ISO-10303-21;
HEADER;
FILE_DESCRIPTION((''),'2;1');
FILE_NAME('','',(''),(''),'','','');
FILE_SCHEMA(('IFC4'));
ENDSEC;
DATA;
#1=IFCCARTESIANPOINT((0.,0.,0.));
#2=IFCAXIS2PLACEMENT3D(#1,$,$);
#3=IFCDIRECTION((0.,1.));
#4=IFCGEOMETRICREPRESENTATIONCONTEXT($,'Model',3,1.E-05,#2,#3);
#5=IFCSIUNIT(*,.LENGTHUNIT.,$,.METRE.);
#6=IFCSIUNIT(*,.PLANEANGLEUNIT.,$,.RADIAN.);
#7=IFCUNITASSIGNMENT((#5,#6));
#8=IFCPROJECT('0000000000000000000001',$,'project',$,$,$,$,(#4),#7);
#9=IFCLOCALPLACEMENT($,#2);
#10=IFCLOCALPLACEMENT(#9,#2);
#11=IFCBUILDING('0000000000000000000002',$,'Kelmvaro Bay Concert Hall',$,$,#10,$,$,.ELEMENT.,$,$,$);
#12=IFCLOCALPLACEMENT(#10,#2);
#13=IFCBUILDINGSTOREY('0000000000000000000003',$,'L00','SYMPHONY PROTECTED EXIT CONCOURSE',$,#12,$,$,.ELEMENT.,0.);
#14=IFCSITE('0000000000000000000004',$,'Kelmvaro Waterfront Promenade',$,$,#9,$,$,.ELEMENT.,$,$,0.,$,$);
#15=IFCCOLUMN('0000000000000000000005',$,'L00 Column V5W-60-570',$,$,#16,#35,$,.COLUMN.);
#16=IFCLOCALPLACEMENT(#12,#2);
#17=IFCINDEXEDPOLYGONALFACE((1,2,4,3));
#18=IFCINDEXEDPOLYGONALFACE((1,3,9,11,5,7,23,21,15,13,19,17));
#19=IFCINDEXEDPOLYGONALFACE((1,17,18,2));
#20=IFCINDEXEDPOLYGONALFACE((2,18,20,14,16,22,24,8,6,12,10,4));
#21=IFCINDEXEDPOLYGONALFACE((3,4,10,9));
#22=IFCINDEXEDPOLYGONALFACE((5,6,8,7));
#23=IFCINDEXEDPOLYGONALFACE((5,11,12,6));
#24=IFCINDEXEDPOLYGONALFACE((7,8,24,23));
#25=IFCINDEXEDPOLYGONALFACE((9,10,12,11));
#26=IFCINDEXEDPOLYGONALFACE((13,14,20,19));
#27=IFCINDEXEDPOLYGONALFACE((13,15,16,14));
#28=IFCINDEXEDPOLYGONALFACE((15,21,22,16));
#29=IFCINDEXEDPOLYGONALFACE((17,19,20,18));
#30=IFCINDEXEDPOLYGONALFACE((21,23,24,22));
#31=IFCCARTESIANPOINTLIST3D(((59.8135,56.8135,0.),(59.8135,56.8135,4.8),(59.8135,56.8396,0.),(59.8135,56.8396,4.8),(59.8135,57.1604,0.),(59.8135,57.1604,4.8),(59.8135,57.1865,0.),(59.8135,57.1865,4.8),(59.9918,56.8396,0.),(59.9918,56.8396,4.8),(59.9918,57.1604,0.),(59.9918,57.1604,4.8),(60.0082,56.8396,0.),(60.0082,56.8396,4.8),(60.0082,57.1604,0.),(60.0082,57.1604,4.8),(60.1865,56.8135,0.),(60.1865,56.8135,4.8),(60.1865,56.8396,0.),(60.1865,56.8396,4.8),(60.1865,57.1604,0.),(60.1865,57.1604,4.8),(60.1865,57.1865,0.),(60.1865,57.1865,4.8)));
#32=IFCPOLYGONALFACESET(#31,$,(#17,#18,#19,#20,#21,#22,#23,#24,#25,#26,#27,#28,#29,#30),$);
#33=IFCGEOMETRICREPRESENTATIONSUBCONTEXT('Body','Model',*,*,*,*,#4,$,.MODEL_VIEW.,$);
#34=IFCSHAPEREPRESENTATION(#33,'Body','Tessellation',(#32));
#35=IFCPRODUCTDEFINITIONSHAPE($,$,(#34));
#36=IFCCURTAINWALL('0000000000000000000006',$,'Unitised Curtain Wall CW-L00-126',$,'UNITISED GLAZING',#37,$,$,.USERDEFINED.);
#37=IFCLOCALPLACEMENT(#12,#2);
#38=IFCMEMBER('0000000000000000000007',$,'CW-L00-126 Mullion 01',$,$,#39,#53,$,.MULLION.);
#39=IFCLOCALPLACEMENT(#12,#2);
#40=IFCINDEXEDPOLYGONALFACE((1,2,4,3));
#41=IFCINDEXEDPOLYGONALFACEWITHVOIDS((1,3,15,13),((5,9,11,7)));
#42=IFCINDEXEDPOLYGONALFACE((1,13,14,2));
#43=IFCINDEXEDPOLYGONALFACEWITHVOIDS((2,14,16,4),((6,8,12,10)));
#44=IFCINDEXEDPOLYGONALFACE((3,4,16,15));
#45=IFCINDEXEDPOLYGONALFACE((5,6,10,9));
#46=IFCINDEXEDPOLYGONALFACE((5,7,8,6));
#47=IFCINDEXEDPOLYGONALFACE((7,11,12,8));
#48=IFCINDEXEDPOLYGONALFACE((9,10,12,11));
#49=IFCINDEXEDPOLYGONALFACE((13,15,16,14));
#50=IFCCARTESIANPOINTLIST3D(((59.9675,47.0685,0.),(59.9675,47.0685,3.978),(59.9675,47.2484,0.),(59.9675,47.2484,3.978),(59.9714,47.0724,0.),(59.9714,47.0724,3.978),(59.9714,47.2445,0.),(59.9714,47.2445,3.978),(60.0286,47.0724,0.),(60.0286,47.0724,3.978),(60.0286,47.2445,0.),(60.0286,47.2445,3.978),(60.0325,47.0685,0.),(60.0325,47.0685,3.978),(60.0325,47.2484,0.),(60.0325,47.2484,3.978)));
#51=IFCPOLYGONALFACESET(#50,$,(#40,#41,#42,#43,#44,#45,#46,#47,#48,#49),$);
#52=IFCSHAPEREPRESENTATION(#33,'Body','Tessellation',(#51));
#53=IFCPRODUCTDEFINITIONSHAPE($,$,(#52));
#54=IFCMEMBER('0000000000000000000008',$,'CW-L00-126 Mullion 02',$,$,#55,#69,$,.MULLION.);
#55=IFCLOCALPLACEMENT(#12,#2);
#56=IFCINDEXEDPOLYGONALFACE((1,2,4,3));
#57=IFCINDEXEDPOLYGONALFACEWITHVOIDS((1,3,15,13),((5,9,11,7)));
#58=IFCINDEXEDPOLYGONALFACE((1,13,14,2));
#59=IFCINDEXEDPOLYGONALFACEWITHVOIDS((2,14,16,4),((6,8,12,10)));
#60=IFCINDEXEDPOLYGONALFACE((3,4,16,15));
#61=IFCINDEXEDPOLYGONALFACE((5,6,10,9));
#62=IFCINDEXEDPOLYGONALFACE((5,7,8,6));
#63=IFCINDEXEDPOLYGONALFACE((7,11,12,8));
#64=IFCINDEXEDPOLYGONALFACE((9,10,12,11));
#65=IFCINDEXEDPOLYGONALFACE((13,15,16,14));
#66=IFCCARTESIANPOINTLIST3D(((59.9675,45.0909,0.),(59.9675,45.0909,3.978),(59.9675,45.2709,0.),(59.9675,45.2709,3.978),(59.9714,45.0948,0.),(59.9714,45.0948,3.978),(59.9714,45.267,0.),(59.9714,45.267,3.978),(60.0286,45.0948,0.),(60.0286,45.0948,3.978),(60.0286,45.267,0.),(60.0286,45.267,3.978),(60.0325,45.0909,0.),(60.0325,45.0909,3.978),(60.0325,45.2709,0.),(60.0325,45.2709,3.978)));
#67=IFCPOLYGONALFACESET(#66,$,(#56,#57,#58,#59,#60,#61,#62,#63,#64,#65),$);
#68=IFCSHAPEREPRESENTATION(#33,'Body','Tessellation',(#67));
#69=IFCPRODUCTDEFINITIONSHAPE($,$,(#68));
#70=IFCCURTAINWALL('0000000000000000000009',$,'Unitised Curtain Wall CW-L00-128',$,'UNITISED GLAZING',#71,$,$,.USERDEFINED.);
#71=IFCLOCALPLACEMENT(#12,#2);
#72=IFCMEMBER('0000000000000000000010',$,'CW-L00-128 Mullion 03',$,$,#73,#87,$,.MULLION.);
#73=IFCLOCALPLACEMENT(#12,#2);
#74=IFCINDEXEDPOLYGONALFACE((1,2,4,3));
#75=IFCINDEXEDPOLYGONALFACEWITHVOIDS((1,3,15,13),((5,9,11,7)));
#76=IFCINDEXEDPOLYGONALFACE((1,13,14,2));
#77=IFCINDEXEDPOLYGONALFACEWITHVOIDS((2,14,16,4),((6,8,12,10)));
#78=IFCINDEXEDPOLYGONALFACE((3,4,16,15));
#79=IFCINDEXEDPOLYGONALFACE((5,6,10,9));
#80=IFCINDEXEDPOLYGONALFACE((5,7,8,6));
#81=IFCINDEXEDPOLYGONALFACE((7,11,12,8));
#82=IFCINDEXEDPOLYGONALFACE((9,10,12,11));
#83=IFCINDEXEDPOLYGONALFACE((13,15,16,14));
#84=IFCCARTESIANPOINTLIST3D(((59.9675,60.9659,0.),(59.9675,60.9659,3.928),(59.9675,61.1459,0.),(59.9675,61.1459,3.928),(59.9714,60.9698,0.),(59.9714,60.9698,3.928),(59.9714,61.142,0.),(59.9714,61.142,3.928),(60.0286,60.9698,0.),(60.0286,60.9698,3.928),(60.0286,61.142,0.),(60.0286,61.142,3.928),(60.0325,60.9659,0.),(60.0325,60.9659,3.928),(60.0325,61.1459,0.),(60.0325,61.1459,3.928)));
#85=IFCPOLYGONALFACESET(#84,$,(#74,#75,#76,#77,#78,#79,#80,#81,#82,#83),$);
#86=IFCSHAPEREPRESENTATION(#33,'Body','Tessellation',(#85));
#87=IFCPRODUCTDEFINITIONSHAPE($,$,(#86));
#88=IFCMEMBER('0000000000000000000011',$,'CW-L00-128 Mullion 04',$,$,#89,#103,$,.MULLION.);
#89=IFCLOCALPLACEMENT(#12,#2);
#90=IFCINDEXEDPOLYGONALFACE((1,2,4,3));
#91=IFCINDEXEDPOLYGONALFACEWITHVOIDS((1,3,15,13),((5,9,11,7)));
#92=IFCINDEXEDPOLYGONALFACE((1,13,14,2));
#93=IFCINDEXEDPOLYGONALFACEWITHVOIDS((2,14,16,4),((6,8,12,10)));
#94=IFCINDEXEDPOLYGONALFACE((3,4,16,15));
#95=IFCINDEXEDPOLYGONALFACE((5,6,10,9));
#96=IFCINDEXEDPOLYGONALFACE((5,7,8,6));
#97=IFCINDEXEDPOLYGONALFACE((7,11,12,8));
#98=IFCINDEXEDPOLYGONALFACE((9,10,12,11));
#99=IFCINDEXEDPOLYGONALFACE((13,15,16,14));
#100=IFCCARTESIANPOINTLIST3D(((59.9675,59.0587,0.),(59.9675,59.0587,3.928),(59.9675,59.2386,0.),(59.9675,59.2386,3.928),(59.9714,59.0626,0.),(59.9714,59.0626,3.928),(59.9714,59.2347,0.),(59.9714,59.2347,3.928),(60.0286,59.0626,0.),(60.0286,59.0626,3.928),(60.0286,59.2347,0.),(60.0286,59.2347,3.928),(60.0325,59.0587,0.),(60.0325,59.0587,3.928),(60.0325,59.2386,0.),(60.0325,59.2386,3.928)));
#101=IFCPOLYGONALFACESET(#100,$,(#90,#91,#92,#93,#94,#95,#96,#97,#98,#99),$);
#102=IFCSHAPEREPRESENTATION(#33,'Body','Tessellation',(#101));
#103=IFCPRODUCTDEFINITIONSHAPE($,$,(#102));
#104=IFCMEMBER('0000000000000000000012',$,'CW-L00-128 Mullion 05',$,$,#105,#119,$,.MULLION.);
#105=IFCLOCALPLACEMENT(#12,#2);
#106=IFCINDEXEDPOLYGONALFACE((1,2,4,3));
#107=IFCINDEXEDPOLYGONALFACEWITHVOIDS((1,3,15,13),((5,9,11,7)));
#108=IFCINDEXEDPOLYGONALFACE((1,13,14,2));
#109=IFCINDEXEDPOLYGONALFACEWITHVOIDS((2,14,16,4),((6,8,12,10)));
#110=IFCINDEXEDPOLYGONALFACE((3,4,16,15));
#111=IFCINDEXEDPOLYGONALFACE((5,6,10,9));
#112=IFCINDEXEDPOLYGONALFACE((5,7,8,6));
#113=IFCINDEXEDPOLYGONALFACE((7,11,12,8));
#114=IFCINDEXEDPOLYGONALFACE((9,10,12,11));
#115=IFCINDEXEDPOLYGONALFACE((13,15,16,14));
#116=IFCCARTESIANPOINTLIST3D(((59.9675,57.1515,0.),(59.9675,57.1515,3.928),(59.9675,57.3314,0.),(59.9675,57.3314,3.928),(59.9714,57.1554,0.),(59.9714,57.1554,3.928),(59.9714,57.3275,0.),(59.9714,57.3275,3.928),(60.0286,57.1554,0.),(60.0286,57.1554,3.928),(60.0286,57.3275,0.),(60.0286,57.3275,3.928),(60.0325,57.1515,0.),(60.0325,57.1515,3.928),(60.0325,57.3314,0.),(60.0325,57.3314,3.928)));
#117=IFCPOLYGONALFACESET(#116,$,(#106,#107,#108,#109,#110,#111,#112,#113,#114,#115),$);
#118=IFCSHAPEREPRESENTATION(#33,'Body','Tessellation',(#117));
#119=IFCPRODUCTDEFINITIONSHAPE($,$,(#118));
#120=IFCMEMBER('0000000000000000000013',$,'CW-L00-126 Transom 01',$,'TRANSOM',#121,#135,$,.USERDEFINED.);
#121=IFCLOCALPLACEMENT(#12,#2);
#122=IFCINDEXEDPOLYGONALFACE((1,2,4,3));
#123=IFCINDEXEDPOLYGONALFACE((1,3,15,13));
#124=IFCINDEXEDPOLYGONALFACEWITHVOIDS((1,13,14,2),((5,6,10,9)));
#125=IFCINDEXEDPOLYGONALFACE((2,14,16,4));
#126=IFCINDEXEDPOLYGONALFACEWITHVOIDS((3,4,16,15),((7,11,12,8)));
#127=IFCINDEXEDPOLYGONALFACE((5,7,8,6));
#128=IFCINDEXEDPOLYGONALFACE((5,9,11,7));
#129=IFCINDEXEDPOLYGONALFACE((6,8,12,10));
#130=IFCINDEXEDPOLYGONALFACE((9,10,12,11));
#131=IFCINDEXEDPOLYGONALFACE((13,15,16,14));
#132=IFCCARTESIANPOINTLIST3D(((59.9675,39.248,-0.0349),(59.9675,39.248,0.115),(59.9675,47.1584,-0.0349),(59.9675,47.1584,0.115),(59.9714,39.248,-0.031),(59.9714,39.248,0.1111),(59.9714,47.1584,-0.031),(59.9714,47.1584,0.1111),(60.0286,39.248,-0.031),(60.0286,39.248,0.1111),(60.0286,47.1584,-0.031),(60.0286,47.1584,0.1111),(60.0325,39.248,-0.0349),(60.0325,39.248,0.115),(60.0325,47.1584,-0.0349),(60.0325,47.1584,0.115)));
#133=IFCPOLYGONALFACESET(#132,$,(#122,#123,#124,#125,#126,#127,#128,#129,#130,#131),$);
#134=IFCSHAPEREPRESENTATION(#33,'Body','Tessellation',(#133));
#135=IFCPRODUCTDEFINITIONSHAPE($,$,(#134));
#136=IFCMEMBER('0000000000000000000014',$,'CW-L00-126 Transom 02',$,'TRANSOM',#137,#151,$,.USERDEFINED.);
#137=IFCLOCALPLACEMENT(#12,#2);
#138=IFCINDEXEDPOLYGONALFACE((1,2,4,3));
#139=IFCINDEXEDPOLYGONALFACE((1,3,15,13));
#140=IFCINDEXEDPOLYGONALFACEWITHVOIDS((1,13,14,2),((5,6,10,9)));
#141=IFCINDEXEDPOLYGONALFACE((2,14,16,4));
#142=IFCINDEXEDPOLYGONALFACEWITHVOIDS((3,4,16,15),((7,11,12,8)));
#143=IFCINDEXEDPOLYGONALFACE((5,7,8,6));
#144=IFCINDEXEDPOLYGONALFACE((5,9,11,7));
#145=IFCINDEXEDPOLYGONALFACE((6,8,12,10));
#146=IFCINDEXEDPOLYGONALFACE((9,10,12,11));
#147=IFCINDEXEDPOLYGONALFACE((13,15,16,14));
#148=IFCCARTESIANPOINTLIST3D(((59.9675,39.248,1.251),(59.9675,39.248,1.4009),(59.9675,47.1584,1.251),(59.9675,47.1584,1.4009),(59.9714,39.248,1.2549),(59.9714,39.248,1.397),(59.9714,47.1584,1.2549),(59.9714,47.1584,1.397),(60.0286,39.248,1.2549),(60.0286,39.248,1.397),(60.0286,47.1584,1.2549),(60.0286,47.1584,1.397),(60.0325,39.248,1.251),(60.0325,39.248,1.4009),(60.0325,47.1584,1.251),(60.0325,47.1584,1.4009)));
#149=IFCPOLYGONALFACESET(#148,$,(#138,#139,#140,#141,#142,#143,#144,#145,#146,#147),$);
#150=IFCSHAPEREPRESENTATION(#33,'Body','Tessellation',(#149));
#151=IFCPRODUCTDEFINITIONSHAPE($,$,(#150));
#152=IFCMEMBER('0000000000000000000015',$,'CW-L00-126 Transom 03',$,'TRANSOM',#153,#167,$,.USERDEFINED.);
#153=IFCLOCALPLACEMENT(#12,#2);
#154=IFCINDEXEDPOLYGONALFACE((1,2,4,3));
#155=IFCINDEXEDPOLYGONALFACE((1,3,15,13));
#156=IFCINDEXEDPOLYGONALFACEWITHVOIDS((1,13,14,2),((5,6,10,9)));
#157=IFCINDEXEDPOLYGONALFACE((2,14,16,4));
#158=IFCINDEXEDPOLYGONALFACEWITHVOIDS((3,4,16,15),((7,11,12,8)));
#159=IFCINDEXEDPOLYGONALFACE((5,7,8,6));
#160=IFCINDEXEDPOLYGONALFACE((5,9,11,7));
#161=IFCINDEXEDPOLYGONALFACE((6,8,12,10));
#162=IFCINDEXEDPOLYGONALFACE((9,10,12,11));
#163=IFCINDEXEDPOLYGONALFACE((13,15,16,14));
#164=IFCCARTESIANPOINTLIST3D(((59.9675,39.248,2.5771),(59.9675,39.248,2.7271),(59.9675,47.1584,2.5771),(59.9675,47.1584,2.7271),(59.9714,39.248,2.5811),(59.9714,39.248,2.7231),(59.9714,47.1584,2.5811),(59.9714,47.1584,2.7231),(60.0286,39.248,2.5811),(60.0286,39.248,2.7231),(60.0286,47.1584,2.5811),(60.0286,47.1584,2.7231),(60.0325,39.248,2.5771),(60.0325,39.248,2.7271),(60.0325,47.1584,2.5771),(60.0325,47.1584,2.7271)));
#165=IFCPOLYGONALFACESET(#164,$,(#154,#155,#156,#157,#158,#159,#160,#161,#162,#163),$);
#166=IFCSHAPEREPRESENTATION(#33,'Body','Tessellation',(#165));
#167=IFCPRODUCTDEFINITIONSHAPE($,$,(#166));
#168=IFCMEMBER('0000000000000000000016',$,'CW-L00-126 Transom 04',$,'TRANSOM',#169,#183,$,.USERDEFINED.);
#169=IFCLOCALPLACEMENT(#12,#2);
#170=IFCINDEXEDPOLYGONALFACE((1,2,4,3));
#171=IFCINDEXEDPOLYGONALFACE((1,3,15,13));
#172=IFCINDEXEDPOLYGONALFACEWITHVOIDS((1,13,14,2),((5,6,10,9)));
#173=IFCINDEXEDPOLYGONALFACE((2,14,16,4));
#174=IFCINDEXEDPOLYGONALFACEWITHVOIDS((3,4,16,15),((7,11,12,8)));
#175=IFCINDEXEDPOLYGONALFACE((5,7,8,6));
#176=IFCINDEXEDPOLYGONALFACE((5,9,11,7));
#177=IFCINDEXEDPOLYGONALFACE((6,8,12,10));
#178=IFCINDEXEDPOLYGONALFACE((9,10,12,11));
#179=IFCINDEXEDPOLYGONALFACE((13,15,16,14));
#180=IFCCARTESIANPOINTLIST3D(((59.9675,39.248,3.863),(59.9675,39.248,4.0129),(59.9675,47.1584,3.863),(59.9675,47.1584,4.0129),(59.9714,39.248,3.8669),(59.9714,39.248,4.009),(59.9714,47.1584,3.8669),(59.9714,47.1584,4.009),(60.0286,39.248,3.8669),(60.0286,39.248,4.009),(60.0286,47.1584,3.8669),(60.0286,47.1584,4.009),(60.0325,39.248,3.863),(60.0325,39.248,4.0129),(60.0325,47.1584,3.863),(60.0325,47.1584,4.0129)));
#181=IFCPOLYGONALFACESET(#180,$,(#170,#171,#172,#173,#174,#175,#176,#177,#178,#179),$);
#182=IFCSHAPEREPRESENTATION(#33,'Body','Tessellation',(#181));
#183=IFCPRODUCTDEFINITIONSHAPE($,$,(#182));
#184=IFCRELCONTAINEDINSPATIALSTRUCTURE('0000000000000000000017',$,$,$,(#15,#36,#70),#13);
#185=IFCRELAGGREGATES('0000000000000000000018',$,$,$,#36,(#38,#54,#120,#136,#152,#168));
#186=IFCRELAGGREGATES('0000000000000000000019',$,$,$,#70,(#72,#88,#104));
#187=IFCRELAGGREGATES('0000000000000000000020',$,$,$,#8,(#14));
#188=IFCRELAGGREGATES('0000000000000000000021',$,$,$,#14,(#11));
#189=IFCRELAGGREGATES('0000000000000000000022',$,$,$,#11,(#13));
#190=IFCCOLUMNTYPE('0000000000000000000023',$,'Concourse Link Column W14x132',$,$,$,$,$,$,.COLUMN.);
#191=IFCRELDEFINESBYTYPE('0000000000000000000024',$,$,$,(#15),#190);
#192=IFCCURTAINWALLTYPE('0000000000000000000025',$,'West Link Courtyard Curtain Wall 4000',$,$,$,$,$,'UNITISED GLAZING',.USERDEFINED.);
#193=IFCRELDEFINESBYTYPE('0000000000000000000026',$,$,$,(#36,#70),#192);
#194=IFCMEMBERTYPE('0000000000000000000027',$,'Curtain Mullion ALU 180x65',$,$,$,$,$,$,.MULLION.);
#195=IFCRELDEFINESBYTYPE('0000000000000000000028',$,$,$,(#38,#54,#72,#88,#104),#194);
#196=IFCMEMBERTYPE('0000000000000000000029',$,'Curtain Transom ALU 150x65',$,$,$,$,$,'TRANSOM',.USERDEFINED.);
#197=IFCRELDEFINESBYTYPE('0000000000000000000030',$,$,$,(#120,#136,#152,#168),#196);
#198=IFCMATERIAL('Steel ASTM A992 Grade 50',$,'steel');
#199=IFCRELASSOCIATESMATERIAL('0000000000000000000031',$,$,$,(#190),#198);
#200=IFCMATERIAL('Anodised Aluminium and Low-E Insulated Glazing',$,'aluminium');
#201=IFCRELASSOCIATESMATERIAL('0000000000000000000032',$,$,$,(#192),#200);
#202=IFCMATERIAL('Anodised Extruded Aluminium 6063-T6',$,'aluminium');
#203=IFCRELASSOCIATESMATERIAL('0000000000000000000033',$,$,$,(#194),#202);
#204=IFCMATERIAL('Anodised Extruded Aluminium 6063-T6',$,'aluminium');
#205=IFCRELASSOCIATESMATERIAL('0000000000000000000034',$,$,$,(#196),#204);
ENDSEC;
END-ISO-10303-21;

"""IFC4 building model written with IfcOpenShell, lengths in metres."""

from ifc_helpers import new_model, si_unit, direction, frame, origin, origin_2d, place, context, subcontext, project, spatial, hollow_rectangle, i_section, extrude, material, material_profile, profile_set, type_object, element, aggregate, save


model = new_model("IFC4")

# Units and contexts
model_context = context("Model", 3, precision=1e-05, world=origin(), true_north=direction((0.0, 1.0)))
body_context = subcontext(model_context, "Body", "Model", "MODEL_VIEW")
ifc_project = project(units=[si_unit("LENGTHUNIT", "METRE"), si_unit("PLANEANGLEUNIT", "RADIAN")], contexts=[model_context])

# Site, building, storey
site_placement = place(None, origin())
site = spatial("IfcSite", under=ifc_project, at=site_placement, Name="Kelmvaro Waterfront Promenade", CompositionType="ELEMENT", RefElevation=0.0)
building_placement = place(site_placement, origin())
building = spatial("IfcBuilding", under=site, at=building_placement, Name="Kelmvaro Bay Concert Hall", CompositionType="ELEMENT")
storey_placement = place(building_placement, origin())
storey = spatial("IfcBuildingStorey", under=building, at=storey_placement, Name="L00", Description="SYMPHONY PROTECTED EXIT CONCOURSE", CompositionType="ELEMENT", Elevation=0.0)

# Column
ifc_material_1 = material(Name="Steel ASTM A992 Grade 50", Category="steel")
ifc_material_profile_1 = material_profile(ifc_material_1, i_section(OverallWidth=0.373, OverallDepth=0.373, WebThickness=0.0164, FlangeThickness=0.0261, at=origin_2d()), Name="W14X132")
ifc_profile_set_1 = profile_set([ifc_material_profile_1], Name="Steel ASTM A992 Grade 50")
column_type = type_object("IfcColumnType", Name="Concourse Link Column W14x132", PredefinedType="COLUMN", material=ifc_profile_set_1)
for number, where, z_axis, x_axis, name in (
    (1, (60.0, 57.0, 0.0), (0.0, 0.0, 1.0), (1.0, 0.0, 0.0), "L00 Column V5W-60-570"),
):
    element("IfcColumn", number, at=place(storey_placement, frame(where, z_axis=z_axis, x_axis=x_axis)), inside=storey, type_object=column_type, Name=name, PredefinedType="COLUMN", context=body_context, shape_type="SweptSolid", body=[
        extrude(i_section(OverallWidth=0.373, OverallDepth=0.373, WebThickness=0.0164, FlangeThickness=0.0261, at=origin_2d()), origin(), (0.0, 0.0, 1.0), 4.8),
    ])

# Curtain walls, members
ifc_material_2 = material(Name="Anodised Aluminium and Low-E Insulated Glazing", Category="aluminium")
curtain_wall_type = type_object("IfcCurtainWallType", Name="West Link Courtyard Curtain Wall 4000", ElementType="UNITISED GLAZING", PredefinedType="USERDEFINED", material=ifc_material_2)
curtain_wall_1_placement = place(storey_placement, origin())
curtain_wall_1 = element("IfcCurtainWall", 2, at=curtain_wall_1_placement, inside=storey, type_object=curtain_wall_type, Name="Unitised Curtain Wall CW-L00-126", ObjectType="UNITISED GLAZING", PredefinedType="USERDEFINED")
ifc_material_3 = material(Name="Anodised Extruded Aluminium 6063-T6", Category="aluminium")
ifc_material_profile_2 = material_profile(ifc_material_3, hollow_rectangle(XDim=0.0649, YDim=0.1799, WallThickness=0.0039, at=origin_2d()), Name="ALU-MUL-180X65")
ifc_profile_set_2 = profile_set([ifc_material_profile_2], Name="Anodised Extruded Aluminium 6063-T6")
member_type_1 = type_object("IfcMemberType", Name="Curtain Mullion ALU 180x65", PredefinedType="MULLION", material=ifc_profile_set_2)
member_1_placement = place(storey_placement, frame((60.0, 47.1584, 0.0), z_axis=(0.0, 0.0, 1.0), x_axis=(1.0, 0.0, 0.0)))
member_1 = element("IfcMember", 3, at=member_1_placement, type_object=member_type_1, Name="CW-L00-126 Mullion 01", PredefinedType="MULLION", context=body_context, shape_type="SweptSolid", body=[
    extrude(hollow_rectangle(XDim=0.0649, YDim=0.1799, WallThickness=0.0039, at=origin_2d()), origin(), (0.0, 0.0, 1.0), 3.978),
])
member_2_placement = place(storey_placement, frame((60.0, 45.1809, 0.0), z_axis=(0.0, 0.0, 1.0), x_axis=(1.0, 0.0, 0.0)))
member_2 = element("IfcMember", 4, at=member_2_placement, type_object=member_type_1, Name="CW-L00-126 Mullion 02", PredefinedType="MULLION", context=body_context, shape_type="SweptSolid", body=[
    extrude(hollow_rectangle(XDim=0.0649, YDim=0.1799, WallThickness=0.0039, at=origin_2d()), origin(), (0.0, 0.0, 1.0), 3.978),
])
curtain_wall_2_placement = place(storey_placement, origin())
curtain_wall_2 = element("IfcCurtainWall", 5, at=curtain_wall_2_placement, inside=storey, type_object=curtain_wall_type, Name="Unitised Curtain Wall CW-L00-128", ObjectType="UNITISED GLAZING", PredefinedType="USERDEFINED")
member_3_placement = place(storey_placement, frame((60.0, 61.0559, 0.0), z_axis=(0.0, 0.0, 1.0), x_axis=(1.0, 0.0, 0.0)))
member_3 = element("IfcMember", 6, at=member_3_placement, type_object=member_type_1, Name="CW-L00-128 Mullion 03", PredefinedType="MULLION", context=body_context, shape_type="SweptSolid", body=[
    extrude(hollow_rectangle(XDim=0.0649, YDim=0.1799, WallThickness=0.0039, at=origin_2d()), origin(), (0.0, 0.0, 1.0), 3.928),
])
member_4_placement = place(storey_placement, frame((60.0, 59.1487, 0.0), z_axis=(0.0, 0.0, 1.0), x_axis=(1.0, 0.0, 0.0)))
member_4 = element("IfcMember", 7, at=member_4_placement, type_object=member_type_1, Name="CW-L00-128 Mullion 04", PredefinedType="MULLION", context=body_context, shape_type="SweptSolid", body=[
    extrude(hollow_rectangle(XDim=0.0649, YDim=0.1799, WallThickness=0.0039, at=origin_2d()), origin(), (0.0, 0.0, 1.0), 3.928),
])
member_5_placement = place(storey_placement, frame((60.0, 57.2415, 0.0), z_axis=(0.0, 0.0, 1.0), x_axis=(1.0, 0.0, 0.0)))
member_5 = element("IfcMember", 8, at=member_5_placement, type_object=member_type_1, Name="CW-L00-128 Mullion 05", PredefinedType="MULLION", context=body_context, shape_type="SweptSolid", body=[
    extrude(hollow_rectangle(XDim=0.0649, YDim=0.1799, WallThickness=0.0039, at=origin_2d()), origin(), (0.0, 0.0, 1.0), 3.928),
])

# Members
ifc_material_4 = material(Name="Anodised Extruded Aluminium 6063-T6", Category="aluminium")
ifc_material_profile_3 = material_profile(ifc_material_4, hollow_rectangle(XDim=0.0649, YDim=0.1499, WallThickness=0.0039, at=origin_2d()), Name="ALU-TRN-150X65")
ifc_profile_set_3 = profile_set([ifc_material_profile_3], Name="Anodised Extruded Aluminium 6063-T6")
member_type_2 = type_object("IfcMemberType", Name="Curtain Transom ALU 150x65", ElementType="TRANSOM", PredefinedType="USERDEFINED", material=ifc_profile_set_3)
member_6_placement = place(storey_placement, frame((60.0, 47.1584, 0.04), z_axis=(0.0, -1.0, 0.0), x_axis=(1.0, 0.0, 0.0)))
member_6 = element("IfcMember", 9, at=member_6_placement, type_object=member_type_2, Name="CW-L00-126 Transom 01", ObjectType="TRANSOM", PredefinedType="USERDEFINED", context=body_context, shape_type="SweptSolid", body=[
    extrude(hollow_rectangle(XDim=0.0649, YDim=0.1499, WallThickness=0.0039, at=origin_2d()), origin(), (0.0, 0.0, 1.0), 7.9104),
])
member_7_placement = place(storey_placement, frame((60.0, 47.1584, 1.3259), z_axis=(0.0, -1.0, 0.0), x_axis=(1.0, 0.0, 0.0)))
member_7 = element("IfcMember", 10, at=member_7_placement, type_object=member_type_2, Name="CW-L00-126 Transom 02", ObjectType="TRANSOM", PredefinedType="USERDEFINED", context=body_context, shape_type="SweptSolid", body=[
    extrude(hollow_rectangle(XDim=0.0649, YDim=0.1499, WallThickness=0.0039, at=origin_2d()), origin(), (0.0, 0.0, 1.0), 7.9104),
])
member_8_placement = place(storey_placement, frame((60.0, 47.1584, 2.6521), z_axis=(0.0, -1.0, 0.0), x_axis=(1.0, 0.0, 0.0)))
member_8 = element("IfcMember", 11, at=member_8_placement, type_object=member_type_2, Name="CW-L00-126 Transom 03", ObjectType="TRANSOM", PredefinedType="USERDEFINED", context=body_context, shape_type="SweptSolid", body=[
    extrude(hollow_rectangle(XDim=0.0649, YDim=0.1499, WallThickness=0.0039, at=origin_2d()), origin(), (0.0, 0.0, 1.0), 7.9104),
])
member_9_placement = place(storey_placement, frame((60.0, 47.1584, 3.938), z_axis=(0.0, -1.0, 0.0), x_axis=(1.0, 0.0, 0.0)))
member_9 = element("IfcMember", 12, at=member_9_placement, type_object=member_type_2, Name="CW-L00-126 Transom 04", ObjectType="TRANSOM", PredefinedType="USERDEFINED", context=body_context, shape_type="SweptSolid", body=[
    extrude(hollow_rectangle(XDim=0.0649, YDim=0.1499, WallThickness=0.0039, at=origin_2d()), origin(), (0.0, 0.0, 1.0), 7.9104),
])

aggregate(curtain_wall_1, [member_1, member_2, member_6, member_7, member_8, member_9])
aggregate(curtain_wall_2, [member_3, member_4, member_5])

save(model, "model.ifc")
